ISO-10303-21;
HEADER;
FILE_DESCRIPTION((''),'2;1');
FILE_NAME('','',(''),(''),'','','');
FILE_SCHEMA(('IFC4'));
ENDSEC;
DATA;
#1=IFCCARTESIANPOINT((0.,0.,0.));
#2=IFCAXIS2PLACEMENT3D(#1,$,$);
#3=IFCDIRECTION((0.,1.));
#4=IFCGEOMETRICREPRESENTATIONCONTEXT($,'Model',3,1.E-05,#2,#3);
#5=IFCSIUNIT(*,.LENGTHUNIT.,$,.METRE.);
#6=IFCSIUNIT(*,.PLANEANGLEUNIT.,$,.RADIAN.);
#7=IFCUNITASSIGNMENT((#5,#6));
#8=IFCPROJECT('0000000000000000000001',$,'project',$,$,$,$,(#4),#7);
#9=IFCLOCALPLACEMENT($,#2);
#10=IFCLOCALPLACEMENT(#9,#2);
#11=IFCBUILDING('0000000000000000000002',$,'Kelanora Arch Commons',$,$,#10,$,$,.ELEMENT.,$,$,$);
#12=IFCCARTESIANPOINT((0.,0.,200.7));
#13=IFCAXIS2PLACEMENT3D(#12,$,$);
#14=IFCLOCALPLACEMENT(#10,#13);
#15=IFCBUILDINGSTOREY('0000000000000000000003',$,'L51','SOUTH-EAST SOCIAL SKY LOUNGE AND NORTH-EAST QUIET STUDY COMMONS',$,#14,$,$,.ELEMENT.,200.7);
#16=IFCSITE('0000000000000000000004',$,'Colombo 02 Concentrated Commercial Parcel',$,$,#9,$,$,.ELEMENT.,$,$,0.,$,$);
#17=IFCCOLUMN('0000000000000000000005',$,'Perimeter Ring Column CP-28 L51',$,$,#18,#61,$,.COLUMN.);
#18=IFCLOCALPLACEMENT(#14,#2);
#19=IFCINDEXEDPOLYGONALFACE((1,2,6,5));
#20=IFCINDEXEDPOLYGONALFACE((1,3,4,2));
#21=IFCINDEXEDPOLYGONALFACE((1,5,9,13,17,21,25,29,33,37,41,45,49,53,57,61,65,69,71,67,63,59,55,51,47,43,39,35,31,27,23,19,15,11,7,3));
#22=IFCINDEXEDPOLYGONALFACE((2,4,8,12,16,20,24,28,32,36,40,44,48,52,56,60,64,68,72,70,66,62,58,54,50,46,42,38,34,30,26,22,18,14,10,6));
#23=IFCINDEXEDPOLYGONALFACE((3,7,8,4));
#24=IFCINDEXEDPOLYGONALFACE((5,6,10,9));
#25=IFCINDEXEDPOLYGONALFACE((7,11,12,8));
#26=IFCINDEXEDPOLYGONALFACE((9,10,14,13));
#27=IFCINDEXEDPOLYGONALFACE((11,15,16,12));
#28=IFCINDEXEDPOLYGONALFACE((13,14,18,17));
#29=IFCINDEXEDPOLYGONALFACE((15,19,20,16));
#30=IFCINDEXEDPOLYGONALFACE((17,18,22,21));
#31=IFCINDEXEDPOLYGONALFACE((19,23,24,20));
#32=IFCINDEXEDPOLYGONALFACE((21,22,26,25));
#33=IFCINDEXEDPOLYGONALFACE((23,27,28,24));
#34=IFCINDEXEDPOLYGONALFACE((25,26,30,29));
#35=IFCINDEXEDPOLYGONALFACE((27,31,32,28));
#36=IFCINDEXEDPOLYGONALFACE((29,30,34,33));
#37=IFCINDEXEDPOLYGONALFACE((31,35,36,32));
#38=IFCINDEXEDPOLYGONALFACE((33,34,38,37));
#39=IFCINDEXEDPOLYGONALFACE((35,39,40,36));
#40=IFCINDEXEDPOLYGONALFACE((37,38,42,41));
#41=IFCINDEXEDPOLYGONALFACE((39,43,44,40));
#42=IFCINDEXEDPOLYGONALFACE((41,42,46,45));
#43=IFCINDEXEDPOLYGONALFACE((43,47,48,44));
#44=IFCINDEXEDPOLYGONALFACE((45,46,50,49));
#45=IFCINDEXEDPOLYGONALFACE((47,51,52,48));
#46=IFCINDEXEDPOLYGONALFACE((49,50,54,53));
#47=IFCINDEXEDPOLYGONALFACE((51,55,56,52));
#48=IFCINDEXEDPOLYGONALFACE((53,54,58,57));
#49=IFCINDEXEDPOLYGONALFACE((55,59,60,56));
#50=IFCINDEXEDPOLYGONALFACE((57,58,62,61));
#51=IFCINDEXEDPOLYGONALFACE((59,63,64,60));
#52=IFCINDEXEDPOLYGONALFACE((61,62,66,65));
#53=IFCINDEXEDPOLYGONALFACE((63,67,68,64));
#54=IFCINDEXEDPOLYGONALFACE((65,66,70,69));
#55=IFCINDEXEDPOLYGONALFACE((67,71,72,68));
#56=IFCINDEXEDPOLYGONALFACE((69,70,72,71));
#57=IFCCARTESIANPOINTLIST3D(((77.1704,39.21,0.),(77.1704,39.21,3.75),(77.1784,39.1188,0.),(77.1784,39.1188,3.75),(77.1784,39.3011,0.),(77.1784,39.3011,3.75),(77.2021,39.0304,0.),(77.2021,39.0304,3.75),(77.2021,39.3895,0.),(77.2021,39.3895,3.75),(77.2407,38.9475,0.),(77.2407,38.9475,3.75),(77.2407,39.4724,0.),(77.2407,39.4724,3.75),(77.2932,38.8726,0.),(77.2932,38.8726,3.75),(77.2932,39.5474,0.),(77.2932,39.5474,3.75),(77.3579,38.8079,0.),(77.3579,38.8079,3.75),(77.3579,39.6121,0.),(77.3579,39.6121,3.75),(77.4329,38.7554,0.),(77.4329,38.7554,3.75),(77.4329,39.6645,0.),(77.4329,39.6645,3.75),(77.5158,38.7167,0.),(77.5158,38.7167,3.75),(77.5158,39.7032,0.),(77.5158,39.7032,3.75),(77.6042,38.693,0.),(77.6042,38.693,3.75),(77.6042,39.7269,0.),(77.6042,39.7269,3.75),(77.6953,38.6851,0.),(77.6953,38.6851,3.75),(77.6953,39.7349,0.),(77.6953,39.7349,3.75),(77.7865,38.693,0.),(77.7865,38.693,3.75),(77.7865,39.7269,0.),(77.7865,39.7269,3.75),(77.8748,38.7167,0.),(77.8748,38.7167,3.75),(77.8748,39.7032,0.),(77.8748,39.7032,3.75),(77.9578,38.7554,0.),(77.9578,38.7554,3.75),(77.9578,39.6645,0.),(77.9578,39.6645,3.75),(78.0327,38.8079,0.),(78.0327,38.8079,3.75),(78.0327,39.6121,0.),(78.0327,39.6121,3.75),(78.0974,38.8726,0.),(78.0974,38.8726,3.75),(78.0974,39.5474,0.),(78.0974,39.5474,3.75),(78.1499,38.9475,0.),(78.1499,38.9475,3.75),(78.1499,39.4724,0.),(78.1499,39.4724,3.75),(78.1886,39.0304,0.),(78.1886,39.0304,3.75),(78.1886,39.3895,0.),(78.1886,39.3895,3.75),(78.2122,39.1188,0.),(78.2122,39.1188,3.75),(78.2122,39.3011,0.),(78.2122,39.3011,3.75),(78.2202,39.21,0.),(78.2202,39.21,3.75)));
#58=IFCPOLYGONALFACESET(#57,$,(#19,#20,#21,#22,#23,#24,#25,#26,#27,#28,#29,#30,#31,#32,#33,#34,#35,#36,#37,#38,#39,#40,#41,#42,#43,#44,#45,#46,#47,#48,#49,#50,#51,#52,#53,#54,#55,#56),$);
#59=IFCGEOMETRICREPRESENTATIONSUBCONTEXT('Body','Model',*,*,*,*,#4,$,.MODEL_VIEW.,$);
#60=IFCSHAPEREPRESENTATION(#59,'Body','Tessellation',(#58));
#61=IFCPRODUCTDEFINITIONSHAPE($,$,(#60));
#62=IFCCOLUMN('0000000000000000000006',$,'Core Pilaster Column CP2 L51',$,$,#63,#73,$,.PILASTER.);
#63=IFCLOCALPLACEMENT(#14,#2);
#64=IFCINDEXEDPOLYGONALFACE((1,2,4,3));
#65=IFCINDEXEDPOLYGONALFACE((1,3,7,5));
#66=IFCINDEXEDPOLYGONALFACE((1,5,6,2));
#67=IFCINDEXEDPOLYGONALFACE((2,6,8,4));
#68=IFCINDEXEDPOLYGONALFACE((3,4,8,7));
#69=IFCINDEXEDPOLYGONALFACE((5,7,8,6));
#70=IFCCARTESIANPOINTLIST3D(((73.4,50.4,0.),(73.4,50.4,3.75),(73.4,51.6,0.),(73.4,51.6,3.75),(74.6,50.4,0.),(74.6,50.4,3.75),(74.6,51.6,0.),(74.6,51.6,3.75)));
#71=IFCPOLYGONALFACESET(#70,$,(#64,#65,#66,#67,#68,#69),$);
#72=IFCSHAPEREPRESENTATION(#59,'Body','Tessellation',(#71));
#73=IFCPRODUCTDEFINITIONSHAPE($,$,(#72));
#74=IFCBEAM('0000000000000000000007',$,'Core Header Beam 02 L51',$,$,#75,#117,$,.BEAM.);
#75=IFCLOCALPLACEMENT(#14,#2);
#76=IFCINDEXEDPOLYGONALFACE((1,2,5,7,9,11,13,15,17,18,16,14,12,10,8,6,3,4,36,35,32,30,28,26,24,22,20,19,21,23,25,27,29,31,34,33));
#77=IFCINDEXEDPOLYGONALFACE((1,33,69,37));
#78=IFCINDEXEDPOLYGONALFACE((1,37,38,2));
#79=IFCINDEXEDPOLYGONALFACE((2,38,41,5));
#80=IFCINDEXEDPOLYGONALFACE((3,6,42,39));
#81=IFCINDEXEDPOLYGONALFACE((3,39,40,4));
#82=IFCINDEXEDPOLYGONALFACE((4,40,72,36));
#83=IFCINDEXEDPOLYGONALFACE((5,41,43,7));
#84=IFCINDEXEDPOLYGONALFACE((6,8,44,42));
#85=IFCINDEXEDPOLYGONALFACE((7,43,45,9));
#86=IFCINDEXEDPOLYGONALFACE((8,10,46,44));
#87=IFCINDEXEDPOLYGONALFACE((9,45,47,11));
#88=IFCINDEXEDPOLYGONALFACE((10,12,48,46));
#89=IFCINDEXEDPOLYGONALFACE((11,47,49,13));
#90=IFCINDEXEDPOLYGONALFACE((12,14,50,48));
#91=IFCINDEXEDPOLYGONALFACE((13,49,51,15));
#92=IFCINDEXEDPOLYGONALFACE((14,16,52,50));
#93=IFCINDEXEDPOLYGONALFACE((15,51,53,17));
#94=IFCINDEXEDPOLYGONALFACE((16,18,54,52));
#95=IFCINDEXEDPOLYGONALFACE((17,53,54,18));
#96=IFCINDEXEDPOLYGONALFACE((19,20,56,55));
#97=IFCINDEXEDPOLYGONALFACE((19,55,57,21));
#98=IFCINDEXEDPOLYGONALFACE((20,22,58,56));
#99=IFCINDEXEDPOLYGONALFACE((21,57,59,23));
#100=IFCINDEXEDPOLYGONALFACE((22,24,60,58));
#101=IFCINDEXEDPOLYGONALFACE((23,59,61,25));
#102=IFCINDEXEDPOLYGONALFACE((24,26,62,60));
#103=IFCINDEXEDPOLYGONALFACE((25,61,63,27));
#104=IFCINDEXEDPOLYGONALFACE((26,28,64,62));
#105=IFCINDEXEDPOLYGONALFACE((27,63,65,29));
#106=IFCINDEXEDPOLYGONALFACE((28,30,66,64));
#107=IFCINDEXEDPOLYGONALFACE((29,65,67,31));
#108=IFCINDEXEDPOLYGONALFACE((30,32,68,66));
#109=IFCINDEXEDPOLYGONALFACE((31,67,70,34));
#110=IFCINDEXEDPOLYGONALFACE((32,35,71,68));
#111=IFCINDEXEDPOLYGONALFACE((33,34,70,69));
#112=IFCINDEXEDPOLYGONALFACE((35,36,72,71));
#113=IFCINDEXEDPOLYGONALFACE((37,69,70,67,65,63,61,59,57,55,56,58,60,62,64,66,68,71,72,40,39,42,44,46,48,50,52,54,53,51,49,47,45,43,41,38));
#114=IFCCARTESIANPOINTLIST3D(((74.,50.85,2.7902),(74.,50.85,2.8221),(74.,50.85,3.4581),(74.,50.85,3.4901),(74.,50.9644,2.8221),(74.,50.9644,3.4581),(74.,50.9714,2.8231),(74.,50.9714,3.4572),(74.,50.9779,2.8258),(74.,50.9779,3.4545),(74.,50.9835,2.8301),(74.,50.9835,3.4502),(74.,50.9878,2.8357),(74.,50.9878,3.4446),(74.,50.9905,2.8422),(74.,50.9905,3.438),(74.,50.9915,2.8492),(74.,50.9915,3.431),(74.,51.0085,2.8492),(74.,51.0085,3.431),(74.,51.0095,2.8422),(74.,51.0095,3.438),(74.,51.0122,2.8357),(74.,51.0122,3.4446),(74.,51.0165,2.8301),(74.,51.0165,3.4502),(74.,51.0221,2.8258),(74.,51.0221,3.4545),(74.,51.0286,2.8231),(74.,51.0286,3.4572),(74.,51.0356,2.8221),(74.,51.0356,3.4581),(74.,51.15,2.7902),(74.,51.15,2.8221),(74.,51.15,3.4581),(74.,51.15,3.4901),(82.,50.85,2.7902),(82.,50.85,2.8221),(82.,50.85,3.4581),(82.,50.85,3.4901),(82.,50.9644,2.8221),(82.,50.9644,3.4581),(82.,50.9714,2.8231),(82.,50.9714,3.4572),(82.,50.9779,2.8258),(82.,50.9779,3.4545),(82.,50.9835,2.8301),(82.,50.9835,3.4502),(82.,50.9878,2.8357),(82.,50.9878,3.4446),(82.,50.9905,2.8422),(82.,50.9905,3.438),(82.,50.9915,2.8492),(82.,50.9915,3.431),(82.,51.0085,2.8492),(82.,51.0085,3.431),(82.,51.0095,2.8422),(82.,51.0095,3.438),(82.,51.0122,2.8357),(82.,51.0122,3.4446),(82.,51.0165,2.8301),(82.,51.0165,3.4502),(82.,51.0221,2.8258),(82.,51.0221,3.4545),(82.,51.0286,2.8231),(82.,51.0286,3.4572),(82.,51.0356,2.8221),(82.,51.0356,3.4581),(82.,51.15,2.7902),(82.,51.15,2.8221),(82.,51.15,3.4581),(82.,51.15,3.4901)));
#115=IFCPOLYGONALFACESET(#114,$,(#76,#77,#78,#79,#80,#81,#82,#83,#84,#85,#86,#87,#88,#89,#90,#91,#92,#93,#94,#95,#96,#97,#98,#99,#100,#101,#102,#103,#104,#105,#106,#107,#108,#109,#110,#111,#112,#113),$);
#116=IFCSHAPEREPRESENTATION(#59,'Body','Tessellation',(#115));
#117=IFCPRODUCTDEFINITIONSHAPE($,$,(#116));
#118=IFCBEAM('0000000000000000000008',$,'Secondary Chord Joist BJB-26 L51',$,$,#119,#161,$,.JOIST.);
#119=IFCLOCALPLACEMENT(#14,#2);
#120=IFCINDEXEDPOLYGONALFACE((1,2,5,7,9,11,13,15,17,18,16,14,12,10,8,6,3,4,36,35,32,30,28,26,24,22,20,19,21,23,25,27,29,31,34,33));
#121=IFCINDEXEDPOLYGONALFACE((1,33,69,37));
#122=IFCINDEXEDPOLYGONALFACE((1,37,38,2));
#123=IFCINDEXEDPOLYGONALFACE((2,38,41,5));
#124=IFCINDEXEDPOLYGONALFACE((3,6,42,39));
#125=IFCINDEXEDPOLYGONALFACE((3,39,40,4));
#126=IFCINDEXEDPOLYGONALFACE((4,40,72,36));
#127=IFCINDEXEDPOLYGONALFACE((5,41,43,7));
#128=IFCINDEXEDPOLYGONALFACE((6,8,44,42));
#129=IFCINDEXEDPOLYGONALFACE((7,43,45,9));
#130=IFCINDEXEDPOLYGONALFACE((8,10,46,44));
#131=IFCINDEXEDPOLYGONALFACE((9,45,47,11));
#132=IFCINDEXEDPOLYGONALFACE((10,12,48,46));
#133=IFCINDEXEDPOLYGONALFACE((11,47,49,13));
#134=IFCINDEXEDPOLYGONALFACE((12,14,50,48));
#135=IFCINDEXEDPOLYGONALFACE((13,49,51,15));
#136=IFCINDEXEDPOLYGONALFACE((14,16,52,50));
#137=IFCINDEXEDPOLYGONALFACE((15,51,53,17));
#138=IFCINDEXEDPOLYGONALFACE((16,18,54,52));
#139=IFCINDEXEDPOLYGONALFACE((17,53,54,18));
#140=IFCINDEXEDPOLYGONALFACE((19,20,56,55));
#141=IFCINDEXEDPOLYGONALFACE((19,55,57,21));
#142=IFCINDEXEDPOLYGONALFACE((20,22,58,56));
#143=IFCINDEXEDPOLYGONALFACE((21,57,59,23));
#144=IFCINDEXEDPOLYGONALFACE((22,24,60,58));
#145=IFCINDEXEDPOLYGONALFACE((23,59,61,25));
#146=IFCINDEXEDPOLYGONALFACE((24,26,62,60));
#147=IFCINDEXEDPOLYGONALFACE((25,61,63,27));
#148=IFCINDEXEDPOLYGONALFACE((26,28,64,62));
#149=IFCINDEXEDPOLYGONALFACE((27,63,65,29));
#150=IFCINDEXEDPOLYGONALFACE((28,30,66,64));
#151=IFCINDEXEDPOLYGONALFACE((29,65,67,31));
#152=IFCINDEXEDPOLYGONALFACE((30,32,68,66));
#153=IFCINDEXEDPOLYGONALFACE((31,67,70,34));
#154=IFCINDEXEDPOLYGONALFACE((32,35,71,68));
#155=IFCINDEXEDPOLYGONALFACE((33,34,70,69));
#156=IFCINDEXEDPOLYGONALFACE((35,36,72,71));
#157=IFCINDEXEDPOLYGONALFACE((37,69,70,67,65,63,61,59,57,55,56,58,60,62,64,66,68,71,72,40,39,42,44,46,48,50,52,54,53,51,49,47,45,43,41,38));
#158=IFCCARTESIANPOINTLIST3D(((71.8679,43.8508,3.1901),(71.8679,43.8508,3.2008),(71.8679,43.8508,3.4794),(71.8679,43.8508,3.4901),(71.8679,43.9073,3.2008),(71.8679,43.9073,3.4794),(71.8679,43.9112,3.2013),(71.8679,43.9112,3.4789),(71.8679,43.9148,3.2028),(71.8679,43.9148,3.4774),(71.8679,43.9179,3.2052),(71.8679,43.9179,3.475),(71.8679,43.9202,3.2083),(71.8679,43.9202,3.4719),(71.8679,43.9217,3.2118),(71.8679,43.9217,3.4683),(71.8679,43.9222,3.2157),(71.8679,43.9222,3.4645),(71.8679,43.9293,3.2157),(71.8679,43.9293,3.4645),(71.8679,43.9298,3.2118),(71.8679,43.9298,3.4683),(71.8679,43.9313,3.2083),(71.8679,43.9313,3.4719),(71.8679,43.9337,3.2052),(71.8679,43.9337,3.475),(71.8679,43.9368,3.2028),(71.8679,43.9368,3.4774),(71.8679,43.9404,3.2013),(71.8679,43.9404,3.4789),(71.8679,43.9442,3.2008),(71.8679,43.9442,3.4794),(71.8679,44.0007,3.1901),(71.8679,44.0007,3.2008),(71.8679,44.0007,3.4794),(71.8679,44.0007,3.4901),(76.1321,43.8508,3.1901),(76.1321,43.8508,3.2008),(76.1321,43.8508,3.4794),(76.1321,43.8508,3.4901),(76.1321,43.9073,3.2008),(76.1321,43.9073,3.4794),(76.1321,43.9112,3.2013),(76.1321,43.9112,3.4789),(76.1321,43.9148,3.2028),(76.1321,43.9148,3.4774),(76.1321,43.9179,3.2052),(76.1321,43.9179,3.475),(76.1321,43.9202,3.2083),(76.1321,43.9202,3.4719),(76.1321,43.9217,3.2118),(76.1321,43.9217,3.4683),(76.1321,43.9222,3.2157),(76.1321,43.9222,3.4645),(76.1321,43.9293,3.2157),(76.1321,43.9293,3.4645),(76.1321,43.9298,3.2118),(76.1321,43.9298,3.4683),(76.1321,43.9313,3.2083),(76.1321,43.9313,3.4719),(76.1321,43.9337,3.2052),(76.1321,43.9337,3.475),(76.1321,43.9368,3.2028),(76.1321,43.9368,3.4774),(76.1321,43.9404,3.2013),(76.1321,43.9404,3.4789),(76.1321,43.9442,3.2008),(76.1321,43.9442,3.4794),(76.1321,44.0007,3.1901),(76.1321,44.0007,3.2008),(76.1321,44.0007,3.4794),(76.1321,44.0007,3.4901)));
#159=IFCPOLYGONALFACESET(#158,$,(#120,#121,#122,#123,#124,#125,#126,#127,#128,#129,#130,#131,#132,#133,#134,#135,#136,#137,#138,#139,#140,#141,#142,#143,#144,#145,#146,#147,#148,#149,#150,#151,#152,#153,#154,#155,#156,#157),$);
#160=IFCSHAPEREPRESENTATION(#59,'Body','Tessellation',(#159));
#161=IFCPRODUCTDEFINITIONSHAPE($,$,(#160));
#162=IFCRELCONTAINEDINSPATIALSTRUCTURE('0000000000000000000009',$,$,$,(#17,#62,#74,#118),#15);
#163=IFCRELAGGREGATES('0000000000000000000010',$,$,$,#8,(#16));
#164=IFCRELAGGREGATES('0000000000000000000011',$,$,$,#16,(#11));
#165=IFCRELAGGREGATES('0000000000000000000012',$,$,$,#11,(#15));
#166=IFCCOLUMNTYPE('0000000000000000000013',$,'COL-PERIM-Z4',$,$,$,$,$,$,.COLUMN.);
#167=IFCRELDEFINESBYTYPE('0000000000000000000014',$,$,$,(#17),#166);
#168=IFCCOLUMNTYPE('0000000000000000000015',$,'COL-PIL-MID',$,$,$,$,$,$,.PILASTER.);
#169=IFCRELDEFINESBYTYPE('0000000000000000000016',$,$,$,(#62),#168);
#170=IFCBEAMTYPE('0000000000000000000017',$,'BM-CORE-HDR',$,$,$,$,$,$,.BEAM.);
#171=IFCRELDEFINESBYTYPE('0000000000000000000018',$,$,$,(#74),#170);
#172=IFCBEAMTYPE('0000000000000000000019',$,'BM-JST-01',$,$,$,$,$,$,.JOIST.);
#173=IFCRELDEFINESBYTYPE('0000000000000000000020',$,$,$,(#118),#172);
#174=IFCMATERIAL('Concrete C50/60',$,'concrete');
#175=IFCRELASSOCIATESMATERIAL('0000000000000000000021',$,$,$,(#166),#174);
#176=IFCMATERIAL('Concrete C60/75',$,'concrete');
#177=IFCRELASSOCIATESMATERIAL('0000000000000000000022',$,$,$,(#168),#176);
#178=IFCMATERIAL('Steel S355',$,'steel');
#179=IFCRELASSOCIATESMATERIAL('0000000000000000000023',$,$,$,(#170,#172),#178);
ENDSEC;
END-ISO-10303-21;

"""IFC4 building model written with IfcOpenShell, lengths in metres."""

from ifc_helpers import new_model, si_unit, direction, frame, origin, origin_2d, place, context, subcontext, project, spatial, rectangle, circle, i_section, extrude, material, material_profile, profile_set, type_object, element, save


model = new_model("IFC4")

# Units and contexts
model_context = context("Model", 3, precision=1e-05, world=origin(), true_north=direction((0.0, 1.0)))
body_context = subcontext(model_context, "Body", "Model", "MODEL_VIEW")
ifc_project = project(units=[si_unit("LENGTHUNIT", "METRE"), si_unit("PLANEANGLEUNIT", "RADIAN")], contexts=[model_context])

# Site, building, storey
site_placement = place(None, origin())
site = spatial("IfcSite", under=ifc_project, at=site_placement, Name="Colombo 02 Concentrated Commercial Parcel", CompositionType="ELEMENT", RefElevation=0.0)
building_placement = place(site_placement, origin())
building = spatial("IfcBuilding", under=site, at=building_placement, Name="Kelanora Arch Commons", CompositionType="ELEMENT")
storey_placement = place(building_placement, frame((0.0, 0.0, 200.7)))
storey = spatial("IfcBuildingStorey", under=building, at=storey_placement, Name="L51", Description="SOUTH-EAST SOCIAL SKY LOUNGE AND NORTH-EAST QUIET STUDY COMMONS", CompositionType="ELEMENT", Elevation=200.7)

# Columns
ifc_material_1 = material(Name="Concrete C50/60", Category="concrete")
ifc_material_profile_1 = material_profile(ifc_material_1, circle(Radius=0.5249, at=origin_2d()), Name="RCC1050")
ifc_profile_set_1 = profile_set([ifc_material_profile_1], Name="Concrete C50/60")
column_type_1 = type_object("IfcColumnType", Name="COL-PERIM-Z4", PredefinedType="COLUMN", material=ifc_profile_set_1)
column_1_placement = place(storey_placement, frame((77.6953, 39.21, 0.0), z_axis=(0.0, 0.0, 1.0), x_axis=(1.0, 0.0, 0.0)))
element("IfcColumn", 1, at=column_1_placement, inside=storey, type_object=column_type_1, Name="Perimeter Ring Column CP-28 L51", PredefinedType="COLUMN", context=body_context, shape_type="SweptSolid", body=[
    extrude(circle(Radius=0.5249, at=origin_2d()), origin(), (0.0, 0.0, 1.0), 3.75),
])
ifc_material_2 = material(Name="Concrete C60/75", Category="concrete")
ifc_material_profile_2 = material_profile(ifc_material_2, rectangle(XDim=1.2, YDim=1.2, at=origin_2d()), Name="RC1200x1200")
ifc_profile_set_2 = profile_set([ifc_material_profile_2], Name="Concrete C60/75")
column_type_2 = type_object("IfcColumnType", Name="COL-PIL-MID", PredefinedType="PILASTER", material=ifc_profile_set_2)
column_2_placement = place(storey_placement, frame((74.0, 51.0, 0.0), z_axis=(0.0, 0.0, 1.0), x_axis=(1.0, 0.0, 0.0)))
element("IfcColumn", 2, at=column_2_placement, inside=storey, type_object=column_type_2, Name="Core Pilaster Column CP2 L51", PredefinedType="PILASTER", context=body_context, shape_type="SweptSolid", body=[
    extrude(rectangle(XDim=1.2, YDim=1.2, at=origin_2d()), origin(), (0.0, 0.0, 1.0), 3.75),
])

# Beams
ifc_material_3 = material(Name="Steel S355", Category="steel")
ifc_material_profile_3 = material_profile(ifc_material_3, i_section(OverallWidth=0.3, OverallDepth=0.7, WebThickness=0.0171, FlangeThickness=0.032, FilletRadius=0.0271, at=origin_2d()), Name="HEB700")
ifc_profile_set_3 = profile_set([ifc_material_profile_3], Name="Steel S355")
beam_type_1 = type_object("IfcBeamType", Name="BM-CORE-HDR", PredefinedType="BEAM", material=ifc_profile_set_3)
beam_1_placement = place(storey_placement, frame((74.0, 51.0, 3.1401), z_axis=(1.0, 0.0, 0.0), x_axis=(0.0, 1.0, 0.0)))
element("IfcBeam", 3, at=beam_1_placement, inside=storey, type_object=beam_type_1, Name="Core Header Beam 02 L51", PredefinedType="BEAM", context=body_context, shape_type="SweptSolid", body=[
    extrude(i_section(OverallWidth=0.3, OverallDepth=0.7, WebThickness=0.0171, FlangeThickness=0.032, FilletRadius=0.0271, at=origin_2d()), origin(), (0.0, 0.0, 1.0), 8.0),
])
ifc_material_profile_4 = material_profile(ifc_material_3, i_section(OverallWidth=0.1499, OverallDepth=0.3, WebThickness=0.0071, FlangeThickness=0.0107, FilletRadius=0.0149, at=origin_2d()), Name="IPE300")
ifc_profile_set_4 = profile_set([ifc_material_profile_4], Name="Steel S355")
beam_type_2 = type_object("IfcBeamType", Name="BM-JST-01", PredefinedType="JOIST", material=ifc_profile_set_4)
beam_2_placement = place(storey_placement, frame((71.8679, 43.9258, 3.3401), z_axis=(1.0, 0.0, 0.0), x_axis=(0.0, 1.0, 0.0)))
element("IfcBeam", 4, at=beam_2_placement, inside=storey, type_object=beam_type_2, Name="Secondary Chord Joist BJB-26 L51", PredefinedType="JOIST", context=body_context, shape_type="SweptSolid", body=[
    extrude(i_section(OverallWidth=0.1499, OverallDepth=0.3, WebThickness=0.0071, FlangeThickness=0.0107, FilletRadius=0.0149, at=origin_2d()), origin(), (0.0, 0.0, 1.0), 4.2642),
])

save(model, "model.ifc")
